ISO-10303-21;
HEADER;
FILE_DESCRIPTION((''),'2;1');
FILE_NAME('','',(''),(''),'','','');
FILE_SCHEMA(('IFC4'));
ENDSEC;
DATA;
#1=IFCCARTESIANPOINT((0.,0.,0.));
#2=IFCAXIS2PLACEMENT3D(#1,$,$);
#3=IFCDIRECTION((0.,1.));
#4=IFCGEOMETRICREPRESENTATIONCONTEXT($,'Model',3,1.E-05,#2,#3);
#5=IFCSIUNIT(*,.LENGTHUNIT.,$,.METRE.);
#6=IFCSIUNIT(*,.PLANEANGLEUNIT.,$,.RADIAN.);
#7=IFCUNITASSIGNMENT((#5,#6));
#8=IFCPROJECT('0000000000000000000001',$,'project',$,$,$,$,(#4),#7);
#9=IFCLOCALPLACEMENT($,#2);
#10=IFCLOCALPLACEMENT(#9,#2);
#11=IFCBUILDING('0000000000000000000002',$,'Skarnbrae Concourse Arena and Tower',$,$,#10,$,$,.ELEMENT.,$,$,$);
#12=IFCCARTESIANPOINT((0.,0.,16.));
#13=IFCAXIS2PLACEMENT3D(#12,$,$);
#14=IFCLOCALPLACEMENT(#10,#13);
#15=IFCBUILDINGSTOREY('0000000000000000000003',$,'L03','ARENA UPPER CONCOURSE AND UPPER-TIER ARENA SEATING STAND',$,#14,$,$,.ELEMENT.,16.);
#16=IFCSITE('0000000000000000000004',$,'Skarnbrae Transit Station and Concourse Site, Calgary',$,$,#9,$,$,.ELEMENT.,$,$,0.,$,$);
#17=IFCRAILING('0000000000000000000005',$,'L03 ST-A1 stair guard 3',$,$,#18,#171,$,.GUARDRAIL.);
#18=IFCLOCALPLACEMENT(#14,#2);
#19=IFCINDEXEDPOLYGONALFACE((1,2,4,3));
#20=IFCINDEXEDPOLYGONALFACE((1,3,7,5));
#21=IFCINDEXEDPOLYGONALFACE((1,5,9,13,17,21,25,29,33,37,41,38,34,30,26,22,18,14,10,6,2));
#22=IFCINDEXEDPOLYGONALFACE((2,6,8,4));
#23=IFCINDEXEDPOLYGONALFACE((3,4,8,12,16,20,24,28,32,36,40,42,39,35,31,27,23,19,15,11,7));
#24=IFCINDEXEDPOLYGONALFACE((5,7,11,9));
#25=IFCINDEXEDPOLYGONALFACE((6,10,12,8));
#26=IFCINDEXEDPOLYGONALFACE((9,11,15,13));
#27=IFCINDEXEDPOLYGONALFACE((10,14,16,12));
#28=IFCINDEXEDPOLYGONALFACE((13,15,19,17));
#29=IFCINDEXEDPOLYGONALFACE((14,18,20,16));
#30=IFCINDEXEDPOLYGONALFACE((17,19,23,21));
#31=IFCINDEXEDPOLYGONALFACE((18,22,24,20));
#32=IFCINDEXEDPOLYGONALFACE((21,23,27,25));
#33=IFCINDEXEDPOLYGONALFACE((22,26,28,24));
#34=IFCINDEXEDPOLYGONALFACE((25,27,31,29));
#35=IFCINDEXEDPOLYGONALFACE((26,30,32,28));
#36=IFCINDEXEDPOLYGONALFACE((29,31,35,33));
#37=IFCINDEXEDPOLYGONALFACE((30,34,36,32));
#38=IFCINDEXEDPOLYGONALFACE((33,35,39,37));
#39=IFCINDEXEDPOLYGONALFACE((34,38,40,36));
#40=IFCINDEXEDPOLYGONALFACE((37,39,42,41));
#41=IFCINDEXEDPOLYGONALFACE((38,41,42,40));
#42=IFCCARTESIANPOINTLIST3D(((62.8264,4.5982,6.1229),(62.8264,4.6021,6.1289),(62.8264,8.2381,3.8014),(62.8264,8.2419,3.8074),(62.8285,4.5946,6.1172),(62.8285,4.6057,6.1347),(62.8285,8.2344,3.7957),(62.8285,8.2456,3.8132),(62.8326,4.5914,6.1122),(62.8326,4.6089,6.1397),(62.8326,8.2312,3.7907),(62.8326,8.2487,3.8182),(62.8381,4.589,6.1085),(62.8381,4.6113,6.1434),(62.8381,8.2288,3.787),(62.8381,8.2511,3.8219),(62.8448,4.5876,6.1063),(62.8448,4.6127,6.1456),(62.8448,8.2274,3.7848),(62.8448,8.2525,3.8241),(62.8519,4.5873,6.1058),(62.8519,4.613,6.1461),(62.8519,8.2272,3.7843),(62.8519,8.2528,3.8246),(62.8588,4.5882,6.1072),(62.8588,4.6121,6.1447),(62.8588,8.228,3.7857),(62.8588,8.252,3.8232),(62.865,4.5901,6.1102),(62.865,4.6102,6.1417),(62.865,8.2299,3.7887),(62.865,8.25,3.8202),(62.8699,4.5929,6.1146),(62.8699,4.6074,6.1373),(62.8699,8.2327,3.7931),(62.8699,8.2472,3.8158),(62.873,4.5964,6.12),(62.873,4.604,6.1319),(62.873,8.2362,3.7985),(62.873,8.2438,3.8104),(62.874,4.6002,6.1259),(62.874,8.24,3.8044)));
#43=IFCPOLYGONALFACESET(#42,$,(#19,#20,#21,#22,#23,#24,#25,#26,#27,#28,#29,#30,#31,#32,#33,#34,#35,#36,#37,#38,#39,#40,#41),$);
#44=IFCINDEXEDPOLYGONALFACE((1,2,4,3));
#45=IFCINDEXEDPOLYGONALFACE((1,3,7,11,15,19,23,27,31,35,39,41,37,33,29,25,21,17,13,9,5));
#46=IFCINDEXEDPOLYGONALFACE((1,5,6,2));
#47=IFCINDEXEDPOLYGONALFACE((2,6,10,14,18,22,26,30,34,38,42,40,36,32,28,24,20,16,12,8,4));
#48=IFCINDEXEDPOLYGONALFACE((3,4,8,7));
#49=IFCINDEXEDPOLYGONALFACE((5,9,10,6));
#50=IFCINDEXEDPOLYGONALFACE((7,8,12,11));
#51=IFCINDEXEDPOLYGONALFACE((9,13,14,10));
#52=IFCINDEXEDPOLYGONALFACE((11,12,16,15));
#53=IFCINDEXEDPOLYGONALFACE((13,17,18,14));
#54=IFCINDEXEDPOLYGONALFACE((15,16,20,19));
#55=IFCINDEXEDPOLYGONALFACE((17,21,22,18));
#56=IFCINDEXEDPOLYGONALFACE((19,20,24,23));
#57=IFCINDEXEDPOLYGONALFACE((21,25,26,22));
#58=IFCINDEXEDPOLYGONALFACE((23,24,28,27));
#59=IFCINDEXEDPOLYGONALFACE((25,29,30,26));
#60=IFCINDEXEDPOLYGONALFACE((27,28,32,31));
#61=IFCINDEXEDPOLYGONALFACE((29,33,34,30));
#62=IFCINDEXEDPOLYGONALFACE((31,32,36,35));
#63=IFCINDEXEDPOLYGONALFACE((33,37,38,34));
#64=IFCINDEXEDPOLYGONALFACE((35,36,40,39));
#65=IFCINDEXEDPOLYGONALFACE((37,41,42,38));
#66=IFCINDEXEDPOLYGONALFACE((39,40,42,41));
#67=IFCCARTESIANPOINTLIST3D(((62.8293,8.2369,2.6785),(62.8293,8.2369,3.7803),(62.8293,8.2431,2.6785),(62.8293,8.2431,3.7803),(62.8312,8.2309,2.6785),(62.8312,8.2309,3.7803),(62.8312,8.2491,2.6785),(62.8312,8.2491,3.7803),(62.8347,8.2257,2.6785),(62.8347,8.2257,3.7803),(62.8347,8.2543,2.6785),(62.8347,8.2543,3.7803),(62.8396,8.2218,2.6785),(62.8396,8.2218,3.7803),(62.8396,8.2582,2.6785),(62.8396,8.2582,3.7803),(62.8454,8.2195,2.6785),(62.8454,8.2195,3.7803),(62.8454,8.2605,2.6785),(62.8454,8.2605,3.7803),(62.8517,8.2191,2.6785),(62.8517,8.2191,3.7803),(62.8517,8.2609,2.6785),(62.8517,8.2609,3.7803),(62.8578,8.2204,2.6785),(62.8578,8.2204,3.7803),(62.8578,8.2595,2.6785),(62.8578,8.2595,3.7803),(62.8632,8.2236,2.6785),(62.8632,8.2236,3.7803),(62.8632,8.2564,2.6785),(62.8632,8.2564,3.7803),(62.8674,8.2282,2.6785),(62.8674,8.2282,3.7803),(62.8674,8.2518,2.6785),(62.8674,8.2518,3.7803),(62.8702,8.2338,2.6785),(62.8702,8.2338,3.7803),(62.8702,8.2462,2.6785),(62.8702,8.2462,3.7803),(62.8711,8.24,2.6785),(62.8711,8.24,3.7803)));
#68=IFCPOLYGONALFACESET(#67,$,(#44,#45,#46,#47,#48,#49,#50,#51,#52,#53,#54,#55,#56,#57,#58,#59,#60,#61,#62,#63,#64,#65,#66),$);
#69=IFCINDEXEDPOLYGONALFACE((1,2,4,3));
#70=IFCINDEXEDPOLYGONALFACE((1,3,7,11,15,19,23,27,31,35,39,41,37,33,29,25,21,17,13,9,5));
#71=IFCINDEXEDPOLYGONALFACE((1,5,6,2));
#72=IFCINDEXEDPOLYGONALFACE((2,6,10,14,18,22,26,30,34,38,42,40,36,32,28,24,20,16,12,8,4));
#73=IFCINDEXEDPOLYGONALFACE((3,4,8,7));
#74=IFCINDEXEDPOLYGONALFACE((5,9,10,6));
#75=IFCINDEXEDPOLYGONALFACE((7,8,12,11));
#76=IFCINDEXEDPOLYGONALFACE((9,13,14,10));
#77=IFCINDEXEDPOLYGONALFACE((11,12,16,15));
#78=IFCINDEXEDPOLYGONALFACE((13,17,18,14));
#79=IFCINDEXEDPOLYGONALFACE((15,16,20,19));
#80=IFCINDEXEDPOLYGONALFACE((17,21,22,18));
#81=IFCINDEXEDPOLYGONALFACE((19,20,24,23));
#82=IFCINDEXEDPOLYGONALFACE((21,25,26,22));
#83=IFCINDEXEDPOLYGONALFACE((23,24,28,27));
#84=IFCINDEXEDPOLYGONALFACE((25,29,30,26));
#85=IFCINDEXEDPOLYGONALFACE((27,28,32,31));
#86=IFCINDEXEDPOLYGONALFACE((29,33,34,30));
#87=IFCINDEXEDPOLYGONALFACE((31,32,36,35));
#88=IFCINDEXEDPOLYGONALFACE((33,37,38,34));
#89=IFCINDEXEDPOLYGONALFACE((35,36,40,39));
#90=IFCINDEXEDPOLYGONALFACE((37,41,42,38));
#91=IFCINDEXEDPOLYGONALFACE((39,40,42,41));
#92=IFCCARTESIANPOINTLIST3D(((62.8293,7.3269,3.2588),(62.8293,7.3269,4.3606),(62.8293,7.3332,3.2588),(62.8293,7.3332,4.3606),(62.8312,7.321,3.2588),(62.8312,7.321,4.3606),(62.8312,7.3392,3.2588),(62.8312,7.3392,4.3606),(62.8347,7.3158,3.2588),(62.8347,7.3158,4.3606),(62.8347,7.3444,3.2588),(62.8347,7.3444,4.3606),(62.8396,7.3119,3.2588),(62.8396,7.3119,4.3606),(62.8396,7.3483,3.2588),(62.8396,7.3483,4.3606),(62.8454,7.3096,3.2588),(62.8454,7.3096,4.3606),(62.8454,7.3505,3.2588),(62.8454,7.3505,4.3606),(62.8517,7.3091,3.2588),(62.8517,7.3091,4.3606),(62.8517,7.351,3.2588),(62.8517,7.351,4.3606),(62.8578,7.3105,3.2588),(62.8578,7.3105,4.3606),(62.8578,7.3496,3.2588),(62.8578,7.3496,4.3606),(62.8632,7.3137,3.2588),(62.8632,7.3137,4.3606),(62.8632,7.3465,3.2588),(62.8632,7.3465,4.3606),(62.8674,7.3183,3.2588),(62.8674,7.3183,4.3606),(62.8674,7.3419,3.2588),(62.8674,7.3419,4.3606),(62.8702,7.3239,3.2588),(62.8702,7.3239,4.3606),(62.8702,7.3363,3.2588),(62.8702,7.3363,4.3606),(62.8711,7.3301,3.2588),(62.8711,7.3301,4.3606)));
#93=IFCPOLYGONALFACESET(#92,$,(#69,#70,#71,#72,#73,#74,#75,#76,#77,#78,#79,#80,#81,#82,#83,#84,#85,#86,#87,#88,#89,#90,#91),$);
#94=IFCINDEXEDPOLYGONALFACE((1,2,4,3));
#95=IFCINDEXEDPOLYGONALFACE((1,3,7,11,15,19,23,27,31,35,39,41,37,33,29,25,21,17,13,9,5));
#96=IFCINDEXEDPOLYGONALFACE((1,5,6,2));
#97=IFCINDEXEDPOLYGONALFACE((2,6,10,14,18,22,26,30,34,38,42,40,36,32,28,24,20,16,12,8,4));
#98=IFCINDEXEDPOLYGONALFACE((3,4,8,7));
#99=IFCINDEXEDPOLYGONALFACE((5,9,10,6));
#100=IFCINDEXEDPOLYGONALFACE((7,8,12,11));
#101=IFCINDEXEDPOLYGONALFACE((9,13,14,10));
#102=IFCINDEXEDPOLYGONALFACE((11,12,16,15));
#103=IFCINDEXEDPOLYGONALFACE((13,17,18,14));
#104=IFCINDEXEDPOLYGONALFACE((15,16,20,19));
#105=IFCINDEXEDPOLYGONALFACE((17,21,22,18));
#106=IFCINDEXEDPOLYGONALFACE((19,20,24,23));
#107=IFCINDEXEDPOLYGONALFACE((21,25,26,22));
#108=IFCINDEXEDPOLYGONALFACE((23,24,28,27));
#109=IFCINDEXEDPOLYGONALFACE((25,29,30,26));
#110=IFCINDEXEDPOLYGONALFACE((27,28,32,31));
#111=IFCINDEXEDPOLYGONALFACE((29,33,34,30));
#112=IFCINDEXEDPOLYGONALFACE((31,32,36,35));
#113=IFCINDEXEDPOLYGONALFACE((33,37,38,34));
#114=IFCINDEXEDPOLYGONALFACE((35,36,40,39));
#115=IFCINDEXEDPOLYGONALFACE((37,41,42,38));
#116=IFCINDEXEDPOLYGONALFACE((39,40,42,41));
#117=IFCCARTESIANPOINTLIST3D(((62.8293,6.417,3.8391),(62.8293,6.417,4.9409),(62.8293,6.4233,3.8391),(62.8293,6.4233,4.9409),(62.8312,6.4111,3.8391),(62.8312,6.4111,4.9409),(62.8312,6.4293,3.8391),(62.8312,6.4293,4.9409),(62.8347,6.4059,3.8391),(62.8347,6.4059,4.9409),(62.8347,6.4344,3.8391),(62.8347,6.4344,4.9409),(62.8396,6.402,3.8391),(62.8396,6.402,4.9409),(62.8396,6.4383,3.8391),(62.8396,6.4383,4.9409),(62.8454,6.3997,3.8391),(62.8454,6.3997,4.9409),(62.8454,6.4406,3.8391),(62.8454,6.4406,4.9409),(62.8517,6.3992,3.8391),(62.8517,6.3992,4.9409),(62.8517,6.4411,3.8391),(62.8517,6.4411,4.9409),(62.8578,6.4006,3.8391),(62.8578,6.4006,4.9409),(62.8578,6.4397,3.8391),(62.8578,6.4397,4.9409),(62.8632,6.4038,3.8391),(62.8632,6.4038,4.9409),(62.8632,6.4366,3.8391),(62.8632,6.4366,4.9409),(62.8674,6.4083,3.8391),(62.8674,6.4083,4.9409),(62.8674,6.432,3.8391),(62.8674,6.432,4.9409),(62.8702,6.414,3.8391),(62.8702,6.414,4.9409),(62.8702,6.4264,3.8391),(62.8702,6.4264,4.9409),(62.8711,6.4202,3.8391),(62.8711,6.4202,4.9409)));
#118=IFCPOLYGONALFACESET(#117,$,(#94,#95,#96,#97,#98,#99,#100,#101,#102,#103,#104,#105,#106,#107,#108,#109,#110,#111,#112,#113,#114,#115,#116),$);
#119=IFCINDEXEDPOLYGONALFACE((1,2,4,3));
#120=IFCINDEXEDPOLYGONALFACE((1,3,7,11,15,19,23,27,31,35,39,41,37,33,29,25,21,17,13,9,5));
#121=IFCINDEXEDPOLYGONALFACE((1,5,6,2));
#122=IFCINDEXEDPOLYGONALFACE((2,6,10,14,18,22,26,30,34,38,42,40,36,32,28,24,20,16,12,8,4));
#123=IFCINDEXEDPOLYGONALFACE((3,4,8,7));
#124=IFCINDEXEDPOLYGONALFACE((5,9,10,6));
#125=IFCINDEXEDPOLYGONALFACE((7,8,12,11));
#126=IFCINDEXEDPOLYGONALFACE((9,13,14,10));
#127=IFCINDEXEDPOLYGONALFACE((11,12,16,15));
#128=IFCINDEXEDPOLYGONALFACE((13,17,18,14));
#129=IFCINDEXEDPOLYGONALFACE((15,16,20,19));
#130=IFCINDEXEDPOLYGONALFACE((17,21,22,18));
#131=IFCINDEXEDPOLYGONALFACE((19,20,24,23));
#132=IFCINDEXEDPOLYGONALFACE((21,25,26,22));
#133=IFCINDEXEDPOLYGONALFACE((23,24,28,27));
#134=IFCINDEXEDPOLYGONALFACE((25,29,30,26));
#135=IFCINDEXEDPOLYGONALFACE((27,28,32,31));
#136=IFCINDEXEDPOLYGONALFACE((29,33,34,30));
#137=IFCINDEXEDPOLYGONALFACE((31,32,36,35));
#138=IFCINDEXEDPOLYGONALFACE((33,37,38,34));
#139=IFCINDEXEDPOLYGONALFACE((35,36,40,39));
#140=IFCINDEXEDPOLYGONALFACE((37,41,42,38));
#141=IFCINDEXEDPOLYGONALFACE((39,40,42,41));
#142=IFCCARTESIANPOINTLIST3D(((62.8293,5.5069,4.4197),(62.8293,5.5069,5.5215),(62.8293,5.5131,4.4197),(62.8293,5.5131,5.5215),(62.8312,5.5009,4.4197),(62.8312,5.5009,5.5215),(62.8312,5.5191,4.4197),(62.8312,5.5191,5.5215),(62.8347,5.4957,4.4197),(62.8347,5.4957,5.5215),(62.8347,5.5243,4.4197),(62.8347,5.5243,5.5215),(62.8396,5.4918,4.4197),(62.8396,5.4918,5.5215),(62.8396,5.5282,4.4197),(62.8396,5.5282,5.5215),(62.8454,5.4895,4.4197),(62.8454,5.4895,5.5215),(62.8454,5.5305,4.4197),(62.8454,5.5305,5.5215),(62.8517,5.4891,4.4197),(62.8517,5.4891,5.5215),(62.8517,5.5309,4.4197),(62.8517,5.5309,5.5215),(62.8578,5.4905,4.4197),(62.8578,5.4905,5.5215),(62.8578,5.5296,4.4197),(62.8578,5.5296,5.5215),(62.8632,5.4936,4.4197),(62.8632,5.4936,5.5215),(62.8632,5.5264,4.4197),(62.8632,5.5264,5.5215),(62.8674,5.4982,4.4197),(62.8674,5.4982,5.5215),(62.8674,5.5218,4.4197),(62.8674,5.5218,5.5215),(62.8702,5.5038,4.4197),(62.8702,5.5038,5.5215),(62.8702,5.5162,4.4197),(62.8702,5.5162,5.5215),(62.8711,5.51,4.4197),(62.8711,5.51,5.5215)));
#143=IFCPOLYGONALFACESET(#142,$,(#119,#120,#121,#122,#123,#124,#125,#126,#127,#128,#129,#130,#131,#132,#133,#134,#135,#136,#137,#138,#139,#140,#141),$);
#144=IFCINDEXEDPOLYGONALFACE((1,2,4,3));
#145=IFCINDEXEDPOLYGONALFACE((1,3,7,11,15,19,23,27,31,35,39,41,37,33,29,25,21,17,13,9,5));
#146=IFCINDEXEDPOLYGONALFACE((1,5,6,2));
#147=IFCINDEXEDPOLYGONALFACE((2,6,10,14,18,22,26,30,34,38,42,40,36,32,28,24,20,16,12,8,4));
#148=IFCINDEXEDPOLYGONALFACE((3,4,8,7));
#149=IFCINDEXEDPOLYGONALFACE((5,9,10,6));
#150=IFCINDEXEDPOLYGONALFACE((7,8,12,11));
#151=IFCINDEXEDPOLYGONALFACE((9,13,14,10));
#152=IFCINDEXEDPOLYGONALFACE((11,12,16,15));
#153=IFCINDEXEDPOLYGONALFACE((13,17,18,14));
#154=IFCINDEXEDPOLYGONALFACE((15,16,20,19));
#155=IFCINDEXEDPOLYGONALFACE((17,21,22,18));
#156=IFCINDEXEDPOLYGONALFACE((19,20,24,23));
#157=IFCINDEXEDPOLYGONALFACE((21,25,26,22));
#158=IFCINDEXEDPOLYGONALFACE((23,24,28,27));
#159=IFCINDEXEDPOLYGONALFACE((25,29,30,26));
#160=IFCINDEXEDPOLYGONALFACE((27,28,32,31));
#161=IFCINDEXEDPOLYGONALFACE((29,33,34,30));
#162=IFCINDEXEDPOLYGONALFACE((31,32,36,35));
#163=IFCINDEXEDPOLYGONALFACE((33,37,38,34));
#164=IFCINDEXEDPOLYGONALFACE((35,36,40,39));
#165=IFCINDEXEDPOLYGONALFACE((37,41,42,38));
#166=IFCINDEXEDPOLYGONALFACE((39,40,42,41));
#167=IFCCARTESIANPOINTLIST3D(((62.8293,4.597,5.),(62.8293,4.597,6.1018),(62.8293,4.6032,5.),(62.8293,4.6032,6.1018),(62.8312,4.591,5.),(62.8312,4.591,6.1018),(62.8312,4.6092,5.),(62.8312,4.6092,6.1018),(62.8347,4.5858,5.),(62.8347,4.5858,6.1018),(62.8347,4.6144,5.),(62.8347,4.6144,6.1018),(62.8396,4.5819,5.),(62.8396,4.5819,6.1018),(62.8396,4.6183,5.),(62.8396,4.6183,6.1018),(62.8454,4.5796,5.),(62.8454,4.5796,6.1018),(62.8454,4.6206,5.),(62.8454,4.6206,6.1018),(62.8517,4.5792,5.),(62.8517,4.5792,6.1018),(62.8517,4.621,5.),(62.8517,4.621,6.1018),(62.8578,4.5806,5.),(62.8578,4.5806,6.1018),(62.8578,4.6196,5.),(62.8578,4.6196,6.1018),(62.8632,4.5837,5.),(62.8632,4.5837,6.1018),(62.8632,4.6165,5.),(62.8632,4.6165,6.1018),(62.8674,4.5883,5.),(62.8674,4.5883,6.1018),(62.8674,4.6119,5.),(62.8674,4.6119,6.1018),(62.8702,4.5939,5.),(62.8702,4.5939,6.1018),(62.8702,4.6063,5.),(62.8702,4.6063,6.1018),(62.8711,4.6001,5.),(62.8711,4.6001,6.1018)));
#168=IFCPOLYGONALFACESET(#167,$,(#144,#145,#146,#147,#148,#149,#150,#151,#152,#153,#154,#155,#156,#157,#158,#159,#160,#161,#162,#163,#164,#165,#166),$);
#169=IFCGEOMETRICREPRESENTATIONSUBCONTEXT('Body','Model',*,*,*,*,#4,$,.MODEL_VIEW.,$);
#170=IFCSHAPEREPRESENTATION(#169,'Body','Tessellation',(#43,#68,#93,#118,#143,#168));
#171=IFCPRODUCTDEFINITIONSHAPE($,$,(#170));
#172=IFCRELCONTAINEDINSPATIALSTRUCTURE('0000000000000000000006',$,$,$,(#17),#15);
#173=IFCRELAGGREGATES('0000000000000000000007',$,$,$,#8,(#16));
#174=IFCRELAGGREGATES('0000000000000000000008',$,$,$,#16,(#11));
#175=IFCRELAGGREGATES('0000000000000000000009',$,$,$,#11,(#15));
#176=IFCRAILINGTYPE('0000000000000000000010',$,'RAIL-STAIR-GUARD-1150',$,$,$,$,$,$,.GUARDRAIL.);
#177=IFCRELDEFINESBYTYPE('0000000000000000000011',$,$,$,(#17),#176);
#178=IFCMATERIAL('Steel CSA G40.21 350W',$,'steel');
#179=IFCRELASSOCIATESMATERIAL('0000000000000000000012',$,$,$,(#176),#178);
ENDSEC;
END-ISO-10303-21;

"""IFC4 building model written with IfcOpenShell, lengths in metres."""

from ifc_helpers import new_model, si_unit, direction, frame, origin, origin_2d, place, context, subcontext, project, spatial, circle, extrude, material, type_object, element, save


model = new_model("IFC4")

# Units and contexts
model_context = context("Model", 3, precision=1e-05, world=origin(), true_north=direction((0.0, 1.0)))
body_context = subcontext(model_context, "Body", "Model", "MODEL_VIEW")
ifc_project = project(units=[si_unit("LENGTHUNIT", "METRE"), si_unit("PLANEANGLEUNIT", "RADIAN")], contexts=[model_context])

# Site, building, storey
site_placement = place(None, origin())
site = spatial("IfcSite", under=ifc_project, at=site_placement, Name="Skarnbrae Transit Station and Concourse Site, Calgary", CompositionType="ELEMENT", RefElevation=0.0)
building_placement = place(site_placement, origin())
building = spatial("IfcBuilding", under=site, at=building_placement, Name="Skarnbrae Concourse Arena and Tower", CompositionType="ELEMENT")
storey_placement = place(building_placement, frame((0.0, 0.0, 16.0)))
storey = spatial("IfcBuildingStorey", under=building, at=storey_placement, Name="L03", Description="ARENA UPPER CONCOURSE AND UPPER-TIER ARENA SEATING STAND", CompositionType="ELEMENT", Elevation=16.0)

# Shared definitions
ifc_material_1 = material(Name="Steel CSA G40.21 350W", Category="steel")

# Railing
railing_type_1 = type_object("IfcRailingType", Name="RAIL-STAIR-GUARD-1150", PredefinedType="GUARDRAIL", material=ifc_material_1)
railing_1_placement = place(storey_placement, frame((62.8501, 8.24, 2.6785)))
element("IfcRailing", 1, at=railing_1_placement, inside=storey, type_object=railing_type_1, Name="L03 ST-A1 stair guard 3", PredefinedType="GUARDRAIL", context=body_context, shape_type="SweptSolid", body=[
    extrude(circle(Radius=0.0239, at=origin_2d()), frame((0.0, 0.0, 1.126), z_axis=(0.0, -0.843112, 0.537739), x_axis=(1.0, 0.0, 0.0)), (0.0, 0.0, 1.0), 4.3171),
    extrude(circle(Radius=0.021, at=origin_2d()), origin(), (0.0, 0.0, 1.0), 1.1018),
    extrude(circle(Radius=0.021, at=origin_2d()), frame((0.0, -0.9099, 0.5803)), (0.0, 0.0, 1.0), 1.1018),
    extrude(circle(Radius=0.021, at=origin_2d()), frame((0.0, -1.8198, 1.1606)), (0.0, 0.0, 1.0), 1.1018),
    extrude(circle(Radius=0.021, at=origin_2d()), frame((0.0, -2.73, 1.7412)), (0.0, 0.0, 1.0), 1.1018),
    extrude(circle(Radius=0.021, at=origin_2d()), frame((0.0, -3.6399, 2.3215)), (0.0, 0.0, 1.0), 1.1018),
])

save(model, "model.ifc")
